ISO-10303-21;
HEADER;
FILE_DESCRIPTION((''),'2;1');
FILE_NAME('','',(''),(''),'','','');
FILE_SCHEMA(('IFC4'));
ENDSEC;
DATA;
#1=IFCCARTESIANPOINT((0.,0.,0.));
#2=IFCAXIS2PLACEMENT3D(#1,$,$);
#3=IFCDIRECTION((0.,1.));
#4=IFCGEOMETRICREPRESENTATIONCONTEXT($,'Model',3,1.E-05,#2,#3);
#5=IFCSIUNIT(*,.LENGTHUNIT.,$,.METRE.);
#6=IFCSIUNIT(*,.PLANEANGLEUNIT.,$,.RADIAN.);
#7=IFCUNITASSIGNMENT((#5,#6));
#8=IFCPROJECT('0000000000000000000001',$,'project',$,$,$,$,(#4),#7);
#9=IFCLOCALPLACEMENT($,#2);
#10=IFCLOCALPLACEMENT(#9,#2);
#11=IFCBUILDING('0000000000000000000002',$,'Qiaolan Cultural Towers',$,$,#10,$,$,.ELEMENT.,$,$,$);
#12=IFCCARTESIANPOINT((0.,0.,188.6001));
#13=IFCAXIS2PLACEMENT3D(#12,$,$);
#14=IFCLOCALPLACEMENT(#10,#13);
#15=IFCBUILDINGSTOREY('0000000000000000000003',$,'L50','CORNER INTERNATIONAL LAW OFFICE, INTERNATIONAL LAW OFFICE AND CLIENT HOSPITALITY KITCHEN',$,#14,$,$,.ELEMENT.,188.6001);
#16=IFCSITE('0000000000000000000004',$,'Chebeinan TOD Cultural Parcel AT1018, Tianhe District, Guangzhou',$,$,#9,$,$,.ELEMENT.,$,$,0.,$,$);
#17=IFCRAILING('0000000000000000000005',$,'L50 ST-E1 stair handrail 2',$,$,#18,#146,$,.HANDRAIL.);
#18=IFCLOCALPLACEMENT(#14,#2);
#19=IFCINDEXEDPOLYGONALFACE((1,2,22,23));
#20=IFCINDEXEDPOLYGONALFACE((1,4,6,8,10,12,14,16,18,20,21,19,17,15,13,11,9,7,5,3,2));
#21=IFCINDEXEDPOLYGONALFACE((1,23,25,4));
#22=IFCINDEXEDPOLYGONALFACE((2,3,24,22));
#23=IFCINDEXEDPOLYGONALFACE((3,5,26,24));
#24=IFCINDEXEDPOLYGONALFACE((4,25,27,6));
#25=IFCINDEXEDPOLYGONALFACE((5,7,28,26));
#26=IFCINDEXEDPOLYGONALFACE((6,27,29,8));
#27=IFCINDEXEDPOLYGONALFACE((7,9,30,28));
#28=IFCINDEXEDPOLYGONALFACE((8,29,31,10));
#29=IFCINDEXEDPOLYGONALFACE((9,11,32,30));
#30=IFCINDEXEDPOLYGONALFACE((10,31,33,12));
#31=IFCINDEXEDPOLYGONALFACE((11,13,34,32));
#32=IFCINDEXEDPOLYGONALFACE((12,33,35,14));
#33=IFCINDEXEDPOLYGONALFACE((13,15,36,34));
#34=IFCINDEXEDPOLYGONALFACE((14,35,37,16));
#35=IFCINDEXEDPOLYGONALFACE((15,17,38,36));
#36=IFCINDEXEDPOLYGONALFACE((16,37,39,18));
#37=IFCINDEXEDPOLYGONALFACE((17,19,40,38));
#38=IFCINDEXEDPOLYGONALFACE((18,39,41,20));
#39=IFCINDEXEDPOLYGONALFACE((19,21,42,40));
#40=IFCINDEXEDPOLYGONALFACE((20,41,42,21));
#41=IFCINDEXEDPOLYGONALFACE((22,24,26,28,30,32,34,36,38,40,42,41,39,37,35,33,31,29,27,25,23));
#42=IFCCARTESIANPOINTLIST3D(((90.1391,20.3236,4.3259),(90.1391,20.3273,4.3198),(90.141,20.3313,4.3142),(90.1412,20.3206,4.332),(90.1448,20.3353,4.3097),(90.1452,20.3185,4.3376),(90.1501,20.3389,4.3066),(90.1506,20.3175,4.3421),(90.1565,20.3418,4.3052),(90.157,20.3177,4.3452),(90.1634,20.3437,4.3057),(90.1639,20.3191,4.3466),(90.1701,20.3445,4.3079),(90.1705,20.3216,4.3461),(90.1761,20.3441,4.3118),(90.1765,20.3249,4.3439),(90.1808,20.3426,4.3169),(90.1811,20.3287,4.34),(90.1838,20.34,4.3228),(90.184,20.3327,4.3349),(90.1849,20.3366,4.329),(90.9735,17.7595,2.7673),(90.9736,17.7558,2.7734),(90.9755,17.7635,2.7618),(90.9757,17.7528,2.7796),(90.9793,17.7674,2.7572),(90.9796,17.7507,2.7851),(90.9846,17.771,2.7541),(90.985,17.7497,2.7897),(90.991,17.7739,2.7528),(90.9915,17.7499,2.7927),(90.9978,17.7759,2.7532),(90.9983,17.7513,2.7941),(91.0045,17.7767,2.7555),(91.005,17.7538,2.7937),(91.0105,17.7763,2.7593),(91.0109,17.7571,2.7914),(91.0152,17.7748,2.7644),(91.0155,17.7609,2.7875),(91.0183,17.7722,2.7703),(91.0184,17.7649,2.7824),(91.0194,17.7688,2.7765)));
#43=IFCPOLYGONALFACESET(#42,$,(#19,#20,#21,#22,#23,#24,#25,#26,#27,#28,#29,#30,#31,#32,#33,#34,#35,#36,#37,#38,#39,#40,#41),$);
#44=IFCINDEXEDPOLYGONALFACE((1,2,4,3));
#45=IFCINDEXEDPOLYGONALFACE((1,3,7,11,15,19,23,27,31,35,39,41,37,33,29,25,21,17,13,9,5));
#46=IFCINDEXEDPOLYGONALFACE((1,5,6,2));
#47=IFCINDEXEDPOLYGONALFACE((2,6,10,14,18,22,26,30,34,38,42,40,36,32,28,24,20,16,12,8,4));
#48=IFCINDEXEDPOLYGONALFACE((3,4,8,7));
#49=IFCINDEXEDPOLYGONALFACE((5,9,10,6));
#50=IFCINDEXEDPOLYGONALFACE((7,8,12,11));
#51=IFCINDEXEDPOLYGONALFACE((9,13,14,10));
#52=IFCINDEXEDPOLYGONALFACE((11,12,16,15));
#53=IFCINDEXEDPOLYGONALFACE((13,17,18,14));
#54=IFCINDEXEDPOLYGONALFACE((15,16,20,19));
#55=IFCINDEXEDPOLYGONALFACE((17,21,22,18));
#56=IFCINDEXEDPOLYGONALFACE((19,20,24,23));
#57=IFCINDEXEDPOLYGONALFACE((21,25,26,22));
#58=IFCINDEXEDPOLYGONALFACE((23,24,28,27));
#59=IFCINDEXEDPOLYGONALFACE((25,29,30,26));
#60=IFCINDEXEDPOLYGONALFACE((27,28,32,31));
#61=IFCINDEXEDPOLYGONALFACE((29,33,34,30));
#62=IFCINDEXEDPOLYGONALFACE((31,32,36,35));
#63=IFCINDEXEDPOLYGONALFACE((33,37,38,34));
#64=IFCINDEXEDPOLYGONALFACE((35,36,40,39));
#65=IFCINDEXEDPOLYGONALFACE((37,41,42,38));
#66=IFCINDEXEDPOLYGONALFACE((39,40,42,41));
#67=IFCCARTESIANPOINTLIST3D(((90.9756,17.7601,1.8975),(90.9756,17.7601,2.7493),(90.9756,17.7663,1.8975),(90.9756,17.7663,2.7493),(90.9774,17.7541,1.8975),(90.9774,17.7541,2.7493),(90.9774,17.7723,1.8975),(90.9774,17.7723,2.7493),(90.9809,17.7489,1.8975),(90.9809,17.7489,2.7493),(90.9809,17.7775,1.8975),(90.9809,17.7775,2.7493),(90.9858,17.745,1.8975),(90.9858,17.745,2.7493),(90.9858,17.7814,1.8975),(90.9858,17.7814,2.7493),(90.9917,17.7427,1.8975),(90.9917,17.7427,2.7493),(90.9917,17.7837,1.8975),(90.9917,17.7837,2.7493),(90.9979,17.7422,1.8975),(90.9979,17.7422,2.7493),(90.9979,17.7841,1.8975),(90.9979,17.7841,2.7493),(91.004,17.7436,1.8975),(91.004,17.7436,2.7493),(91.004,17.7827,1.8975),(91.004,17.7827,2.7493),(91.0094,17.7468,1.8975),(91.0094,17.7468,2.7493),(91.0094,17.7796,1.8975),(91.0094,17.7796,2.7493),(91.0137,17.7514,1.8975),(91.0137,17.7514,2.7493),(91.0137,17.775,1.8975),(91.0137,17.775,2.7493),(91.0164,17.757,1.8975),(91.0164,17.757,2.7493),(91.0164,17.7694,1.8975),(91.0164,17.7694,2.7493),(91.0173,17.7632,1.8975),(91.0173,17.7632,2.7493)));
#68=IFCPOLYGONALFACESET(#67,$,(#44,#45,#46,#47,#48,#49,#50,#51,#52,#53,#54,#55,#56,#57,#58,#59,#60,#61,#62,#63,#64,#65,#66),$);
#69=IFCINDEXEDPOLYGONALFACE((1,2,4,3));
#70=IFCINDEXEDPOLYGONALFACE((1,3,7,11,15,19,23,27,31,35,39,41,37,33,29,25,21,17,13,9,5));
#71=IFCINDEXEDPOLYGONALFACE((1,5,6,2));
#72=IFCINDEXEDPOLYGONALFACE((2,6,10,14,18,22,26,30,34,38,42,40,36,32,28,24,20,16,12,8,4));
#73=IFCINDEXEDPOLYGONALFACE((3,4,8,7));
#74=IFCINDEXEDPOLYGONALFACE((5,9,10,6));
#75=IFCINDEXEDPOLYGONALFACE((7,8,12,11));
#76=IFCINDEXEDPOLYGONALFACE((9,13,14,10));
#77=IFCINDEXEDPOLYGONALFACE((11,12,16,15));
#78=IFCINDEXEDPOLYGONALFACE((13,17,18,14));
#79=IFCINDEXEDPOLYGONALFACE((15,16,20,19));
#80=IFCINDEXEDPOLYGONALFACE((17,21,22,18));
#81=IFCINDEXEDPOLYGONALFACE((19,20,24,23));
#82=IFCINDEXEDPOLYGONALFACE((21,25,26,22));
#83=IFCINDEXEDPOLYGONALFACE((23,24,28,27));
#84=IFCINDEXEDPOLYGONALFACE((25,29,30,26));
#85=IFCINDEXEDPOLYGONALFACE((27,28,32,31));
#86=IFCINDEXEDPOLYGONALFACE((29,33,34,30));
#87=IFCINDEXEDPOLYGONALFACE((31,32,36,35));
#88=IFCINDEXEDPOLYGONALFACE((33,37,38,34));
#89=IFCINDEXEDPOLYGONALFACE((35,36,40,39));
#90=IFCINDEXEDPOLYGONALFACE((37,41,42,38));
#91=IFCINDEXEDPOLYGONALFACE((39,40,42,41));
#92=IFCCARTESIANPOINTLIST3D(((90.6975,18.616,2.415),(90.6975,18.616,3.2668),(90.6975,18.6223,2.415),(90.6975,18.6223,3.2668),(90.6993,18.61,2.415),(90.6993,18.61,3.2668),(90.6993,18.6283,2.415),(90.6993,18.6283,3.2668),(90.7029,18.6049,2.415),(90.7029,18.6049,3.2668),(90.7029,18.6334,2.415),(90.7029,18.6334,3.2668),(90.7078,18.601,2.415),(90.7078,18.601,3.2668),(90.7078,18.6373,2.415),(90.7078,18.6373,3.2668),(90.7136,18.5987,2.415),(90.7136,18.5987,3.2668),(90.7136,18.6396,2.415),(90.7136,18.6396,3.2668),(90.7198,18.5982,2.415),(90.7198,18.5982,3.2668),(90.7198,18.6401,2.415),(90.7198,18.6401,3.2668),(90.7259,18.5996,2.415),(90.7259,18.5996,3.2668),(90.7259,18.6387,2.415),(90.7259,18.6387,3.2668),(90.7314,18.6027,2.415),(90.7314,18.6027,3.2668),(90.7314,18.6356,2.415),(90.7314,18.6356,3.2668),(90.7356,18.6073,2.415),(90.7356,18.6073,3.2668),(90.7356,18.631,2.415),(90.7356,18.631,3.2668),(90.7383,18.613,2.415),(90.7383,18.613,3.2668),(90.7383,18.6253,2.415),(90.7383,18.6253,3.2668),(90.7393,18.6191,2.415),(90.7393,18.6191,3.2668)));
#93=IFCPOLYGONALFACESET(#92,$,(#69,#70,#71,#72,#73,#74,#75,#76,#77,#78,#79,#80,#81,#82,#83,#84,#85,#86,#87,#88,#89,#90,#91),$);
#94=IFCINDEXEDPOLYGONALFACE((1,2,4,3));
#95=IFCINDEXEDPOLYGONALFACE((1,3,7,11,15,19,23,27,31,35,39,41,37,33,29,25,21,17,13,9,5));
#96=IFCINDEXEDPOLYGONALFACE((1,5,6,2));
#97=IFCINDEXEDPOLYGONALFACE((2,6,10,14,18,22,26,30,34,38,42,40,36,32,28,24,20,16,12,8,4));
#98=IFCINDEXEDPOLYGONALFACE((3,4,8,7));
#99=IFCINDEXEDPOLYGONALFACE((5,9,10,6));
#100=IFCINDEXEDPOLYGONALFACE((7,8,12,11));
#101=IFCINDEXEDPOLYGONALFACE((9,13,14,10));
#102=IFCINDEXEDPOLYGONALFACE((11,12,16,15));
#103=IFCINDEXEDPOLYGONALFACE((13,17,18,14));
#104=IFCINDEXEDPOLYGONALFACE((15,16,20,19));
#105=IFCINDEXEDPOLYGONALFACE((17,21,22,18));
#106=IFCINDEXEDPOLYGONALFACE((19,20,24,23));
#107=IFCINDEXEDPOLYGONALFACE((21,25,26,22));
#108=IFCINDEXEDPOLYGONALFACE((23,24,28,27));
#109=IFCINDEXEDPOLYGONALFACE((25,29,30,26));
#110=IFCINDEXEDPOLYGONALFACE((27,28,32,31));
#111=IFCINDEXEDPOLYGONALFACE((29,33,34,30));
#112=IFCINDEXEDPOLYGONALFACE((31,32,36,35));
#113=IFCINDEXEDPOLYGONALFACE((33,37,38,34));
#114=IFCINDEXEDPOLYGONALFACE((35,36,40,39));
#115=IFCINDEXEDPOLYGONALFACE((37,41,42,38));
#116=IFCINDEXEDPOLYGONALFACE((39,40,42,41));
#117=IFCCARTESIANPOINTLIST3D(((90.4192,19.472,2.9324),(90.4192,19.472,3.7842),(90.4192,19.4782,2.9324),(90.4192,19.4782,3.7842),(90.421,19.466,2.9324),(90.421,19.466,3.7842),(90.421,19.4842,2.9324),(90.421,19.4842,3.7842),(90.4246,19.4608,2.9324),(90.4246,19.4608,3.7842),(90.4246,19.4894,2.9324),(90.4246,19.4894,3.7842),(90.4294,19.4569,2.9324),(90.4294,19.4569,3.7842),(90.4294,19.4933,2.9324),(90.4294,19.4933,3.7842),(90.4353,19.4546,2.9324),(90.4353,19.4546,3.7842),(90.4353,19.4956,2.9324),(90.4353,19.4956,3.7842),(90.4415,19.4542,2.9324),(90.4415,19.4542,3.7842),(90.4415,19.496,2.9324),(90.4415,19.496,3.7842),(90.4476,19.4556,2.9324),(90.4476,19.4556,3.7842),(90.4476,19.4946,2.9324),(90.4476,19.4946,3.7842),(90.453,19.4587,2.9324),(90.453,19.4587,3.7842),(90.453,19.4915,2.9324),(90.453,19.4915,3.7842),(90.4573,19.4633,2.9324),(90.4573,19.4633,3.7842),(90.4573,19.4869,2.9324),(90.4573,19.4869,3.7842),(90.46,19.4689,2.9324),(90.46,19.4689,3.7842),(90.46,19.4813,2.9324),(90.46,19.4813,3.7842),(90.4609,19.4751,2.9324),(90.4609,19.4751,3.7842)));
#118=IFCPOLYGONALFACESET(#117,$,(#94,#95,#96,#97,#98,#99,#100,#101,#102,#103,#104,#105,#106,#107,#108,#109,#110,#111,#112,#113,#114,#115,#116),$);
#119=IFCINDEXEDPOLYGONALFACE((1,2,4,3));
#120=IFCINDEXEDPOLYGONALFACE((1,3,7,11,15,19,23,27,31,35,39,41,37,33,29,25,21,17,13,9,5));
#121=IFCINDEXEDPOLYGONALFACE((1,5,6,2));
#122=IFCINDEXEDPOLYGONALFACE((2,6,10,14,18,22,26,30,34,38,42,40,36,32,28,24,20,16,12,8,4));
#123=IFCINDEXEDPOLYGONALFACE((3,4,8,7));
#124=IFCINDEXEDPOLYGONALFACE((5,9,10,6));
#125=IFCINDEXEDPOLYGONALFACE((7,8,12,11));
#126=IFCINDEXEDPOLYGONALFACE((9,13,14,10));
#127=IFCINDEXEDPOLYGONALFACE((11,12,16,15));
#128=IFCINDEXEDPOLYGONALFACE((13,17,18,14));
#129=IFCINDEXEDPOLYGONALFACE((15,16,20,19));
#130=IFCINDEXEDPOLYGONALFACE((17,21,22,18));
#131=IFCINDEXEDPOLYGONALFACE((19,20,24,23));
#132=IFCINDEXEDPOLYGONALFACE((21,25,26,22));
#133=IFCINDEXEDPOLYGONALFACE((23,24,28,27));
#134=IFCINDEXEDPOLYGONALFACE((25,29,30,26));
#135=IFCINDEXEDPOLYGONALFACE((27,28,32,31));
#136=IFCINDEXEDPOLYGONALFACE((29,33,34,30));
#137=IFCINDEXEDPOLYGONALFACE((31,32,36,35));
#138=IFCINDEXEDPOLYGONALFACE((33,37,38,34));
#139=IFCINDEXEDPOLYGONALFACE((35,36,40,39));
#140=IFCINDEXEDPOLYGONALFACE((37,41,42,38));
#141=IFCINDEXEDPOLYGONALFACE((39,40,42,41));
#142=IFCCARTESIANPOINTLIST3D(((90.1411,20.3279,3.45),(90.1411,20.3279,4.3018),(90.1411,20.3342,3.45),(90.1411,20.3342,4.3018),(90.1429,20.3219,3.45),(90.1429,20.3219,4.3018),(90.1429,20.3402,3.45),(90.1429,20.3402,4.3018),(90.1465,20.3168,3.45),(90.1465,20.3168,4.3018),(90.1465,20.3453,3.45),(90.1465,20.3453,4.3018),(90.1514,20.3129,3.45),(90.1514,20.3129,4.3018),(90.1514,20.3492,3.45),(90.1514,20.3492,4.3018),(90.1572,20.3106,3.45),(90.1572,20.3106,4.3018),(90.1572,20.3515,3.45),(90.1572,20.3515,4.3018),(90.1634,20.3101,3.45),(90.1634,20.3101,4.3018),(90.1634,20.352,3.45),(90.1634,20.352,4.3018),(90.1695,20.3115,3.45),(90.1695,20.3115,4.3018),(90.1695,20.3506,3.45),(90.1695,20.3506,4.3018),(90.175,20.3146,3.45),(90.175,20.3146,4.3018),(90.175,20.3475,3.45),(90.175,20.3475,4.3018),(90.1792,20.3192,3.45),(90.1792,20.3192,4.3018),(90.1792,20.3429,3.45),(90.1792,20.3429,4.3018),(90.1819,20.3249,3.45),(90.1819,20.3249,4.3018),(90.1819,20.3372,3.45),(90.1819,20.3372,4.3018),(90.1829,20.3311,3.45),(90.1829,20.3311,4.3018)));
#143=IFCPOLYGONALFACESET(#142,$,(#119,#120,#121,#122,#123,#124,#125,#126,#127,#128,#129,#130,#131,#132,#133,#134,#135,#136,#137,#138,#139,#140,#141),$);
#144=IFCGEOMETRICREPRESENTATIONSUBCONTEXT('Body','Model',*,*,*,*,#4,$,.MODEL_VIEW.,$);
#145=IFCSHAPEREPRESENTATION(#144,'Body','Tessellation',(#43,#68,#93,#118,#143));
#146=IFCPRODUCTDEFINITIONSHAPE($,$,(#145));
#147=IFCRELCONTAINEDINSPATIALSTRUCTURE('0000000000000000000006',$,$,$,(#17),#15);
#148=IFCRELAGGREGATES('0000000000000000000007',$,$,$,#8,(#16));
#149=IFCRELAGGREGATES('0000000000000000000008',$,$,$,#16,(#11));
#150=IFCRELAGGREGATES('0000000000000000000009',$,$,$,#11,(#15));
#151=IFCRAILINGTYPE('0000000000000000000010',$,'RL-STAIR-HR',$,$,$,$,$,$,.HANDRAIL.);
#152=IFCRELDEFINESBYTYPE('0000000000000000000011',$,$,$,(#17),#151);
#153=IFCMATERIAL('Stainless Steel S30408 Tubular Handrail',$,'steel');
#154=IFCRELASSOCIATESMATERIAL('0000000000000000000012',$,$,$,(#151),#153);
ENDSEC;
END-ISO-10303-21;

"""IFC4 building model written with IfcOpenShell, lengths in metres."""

from ifc_helpers import new_model, si_unit, direction, frame, origin, origin_2d, place, context, subcontext, project, spatial, circle, extrude, material, type_object, element, save


model = new_model("IFC4")

# Units and contexts
model_context = context("Model", 3, precision=1e-05, world=origin(), true_north=direction((0.0, 1.0)))
body_context = subcontext(model_context, "Body", "Model", "MODEL_VIEW")
ifc_project = project(units=[si_unit("LENGTHUNIT", "METRE"), si_unit("PLANEANGLEUNIT", "RADIAN")], contexts=[model_context])

# Site, building, storey
site_placement = place(None, origin())
site = spatial("IfcSite", under=ifc_project, at=site_placement, Name="Chebeinan TOD Cultural Parcel AT1018, Tianhe District, Guangzhou", CompositionType="ELEMENT", RefElevation=0.0)
building_placement = place(site_placement, origin())
building = spatial("IfcBuilding", under=site, at=building_placement, Name="Qiaolan Cultural Towers", CompositionType="ELEMENT")
storey_placement = place(building_placement, frame((0.0, 0.0, 188.6001)))
storey = spatial("IfcBuildingStorey", under=building, at=storey_placement, Name="L50", Description="CORNER INTERNATIONAL LAW OFFICE, INTERNATIONAL LAW OFFICE AND CLIENT HOSPITALITY KITCHEN", CompositionType="ELEMENT", Elevation=188.6001)

# Railing
ifc_material_1 = material(Name="Stainless Steel S30408 Tubular Handrail", Category="steel")
railing_type = type_object("IfcRailingType", Name="RL-STAIR-HR", PredefinedType="HANDRAIL", material=ifc_material_1)
railing_placement = place(storey_placement, frame((90.9963, 17.7632, 1.8975)))
element("IfcRailing", 1, at=railing_placement, inside=storey, type_object=railing_type, Name="L50 ST-E1 stair handrail 2", PredefinedType="HANDRAIL", context=body_context, shape_type="SweptSolid", body=[
    extrude(circle(Radius=0.0239, at=origin_2d()), frame((0.0, 0.0, 0.876), z_axis=(-0.267926, 0.824471, 0.498461), x_axis=(-0.951043, -0.309057, 0.0)), (0.0, 0.0, 1.0), 3.1145),
    extrude(circle(Radius=0.021, at=origin_2d()), origin(), (0.0, 0.0, 1.0), 0.8518),
    extrude(circle(Radius=0.021, at=origin_2d()), frame((-0.2781, 0.856, 0.5176)), (0.0, 0.0, 1.0), 0.8518),
    extrude(circle(Radius=0.021, at=origin_2d()), frame((-0.5564, 1.7119, 1.0349)), (0.0, 0.0, 1.0), 0.8518),
    extrude(circle(Radius=0.021, at=origin_2d()), frame((-0.8345, 2.5679, 1.5525)), (0.0, 0.0, 1.0), 0.8518),
])

save(model, "model.ifc")
